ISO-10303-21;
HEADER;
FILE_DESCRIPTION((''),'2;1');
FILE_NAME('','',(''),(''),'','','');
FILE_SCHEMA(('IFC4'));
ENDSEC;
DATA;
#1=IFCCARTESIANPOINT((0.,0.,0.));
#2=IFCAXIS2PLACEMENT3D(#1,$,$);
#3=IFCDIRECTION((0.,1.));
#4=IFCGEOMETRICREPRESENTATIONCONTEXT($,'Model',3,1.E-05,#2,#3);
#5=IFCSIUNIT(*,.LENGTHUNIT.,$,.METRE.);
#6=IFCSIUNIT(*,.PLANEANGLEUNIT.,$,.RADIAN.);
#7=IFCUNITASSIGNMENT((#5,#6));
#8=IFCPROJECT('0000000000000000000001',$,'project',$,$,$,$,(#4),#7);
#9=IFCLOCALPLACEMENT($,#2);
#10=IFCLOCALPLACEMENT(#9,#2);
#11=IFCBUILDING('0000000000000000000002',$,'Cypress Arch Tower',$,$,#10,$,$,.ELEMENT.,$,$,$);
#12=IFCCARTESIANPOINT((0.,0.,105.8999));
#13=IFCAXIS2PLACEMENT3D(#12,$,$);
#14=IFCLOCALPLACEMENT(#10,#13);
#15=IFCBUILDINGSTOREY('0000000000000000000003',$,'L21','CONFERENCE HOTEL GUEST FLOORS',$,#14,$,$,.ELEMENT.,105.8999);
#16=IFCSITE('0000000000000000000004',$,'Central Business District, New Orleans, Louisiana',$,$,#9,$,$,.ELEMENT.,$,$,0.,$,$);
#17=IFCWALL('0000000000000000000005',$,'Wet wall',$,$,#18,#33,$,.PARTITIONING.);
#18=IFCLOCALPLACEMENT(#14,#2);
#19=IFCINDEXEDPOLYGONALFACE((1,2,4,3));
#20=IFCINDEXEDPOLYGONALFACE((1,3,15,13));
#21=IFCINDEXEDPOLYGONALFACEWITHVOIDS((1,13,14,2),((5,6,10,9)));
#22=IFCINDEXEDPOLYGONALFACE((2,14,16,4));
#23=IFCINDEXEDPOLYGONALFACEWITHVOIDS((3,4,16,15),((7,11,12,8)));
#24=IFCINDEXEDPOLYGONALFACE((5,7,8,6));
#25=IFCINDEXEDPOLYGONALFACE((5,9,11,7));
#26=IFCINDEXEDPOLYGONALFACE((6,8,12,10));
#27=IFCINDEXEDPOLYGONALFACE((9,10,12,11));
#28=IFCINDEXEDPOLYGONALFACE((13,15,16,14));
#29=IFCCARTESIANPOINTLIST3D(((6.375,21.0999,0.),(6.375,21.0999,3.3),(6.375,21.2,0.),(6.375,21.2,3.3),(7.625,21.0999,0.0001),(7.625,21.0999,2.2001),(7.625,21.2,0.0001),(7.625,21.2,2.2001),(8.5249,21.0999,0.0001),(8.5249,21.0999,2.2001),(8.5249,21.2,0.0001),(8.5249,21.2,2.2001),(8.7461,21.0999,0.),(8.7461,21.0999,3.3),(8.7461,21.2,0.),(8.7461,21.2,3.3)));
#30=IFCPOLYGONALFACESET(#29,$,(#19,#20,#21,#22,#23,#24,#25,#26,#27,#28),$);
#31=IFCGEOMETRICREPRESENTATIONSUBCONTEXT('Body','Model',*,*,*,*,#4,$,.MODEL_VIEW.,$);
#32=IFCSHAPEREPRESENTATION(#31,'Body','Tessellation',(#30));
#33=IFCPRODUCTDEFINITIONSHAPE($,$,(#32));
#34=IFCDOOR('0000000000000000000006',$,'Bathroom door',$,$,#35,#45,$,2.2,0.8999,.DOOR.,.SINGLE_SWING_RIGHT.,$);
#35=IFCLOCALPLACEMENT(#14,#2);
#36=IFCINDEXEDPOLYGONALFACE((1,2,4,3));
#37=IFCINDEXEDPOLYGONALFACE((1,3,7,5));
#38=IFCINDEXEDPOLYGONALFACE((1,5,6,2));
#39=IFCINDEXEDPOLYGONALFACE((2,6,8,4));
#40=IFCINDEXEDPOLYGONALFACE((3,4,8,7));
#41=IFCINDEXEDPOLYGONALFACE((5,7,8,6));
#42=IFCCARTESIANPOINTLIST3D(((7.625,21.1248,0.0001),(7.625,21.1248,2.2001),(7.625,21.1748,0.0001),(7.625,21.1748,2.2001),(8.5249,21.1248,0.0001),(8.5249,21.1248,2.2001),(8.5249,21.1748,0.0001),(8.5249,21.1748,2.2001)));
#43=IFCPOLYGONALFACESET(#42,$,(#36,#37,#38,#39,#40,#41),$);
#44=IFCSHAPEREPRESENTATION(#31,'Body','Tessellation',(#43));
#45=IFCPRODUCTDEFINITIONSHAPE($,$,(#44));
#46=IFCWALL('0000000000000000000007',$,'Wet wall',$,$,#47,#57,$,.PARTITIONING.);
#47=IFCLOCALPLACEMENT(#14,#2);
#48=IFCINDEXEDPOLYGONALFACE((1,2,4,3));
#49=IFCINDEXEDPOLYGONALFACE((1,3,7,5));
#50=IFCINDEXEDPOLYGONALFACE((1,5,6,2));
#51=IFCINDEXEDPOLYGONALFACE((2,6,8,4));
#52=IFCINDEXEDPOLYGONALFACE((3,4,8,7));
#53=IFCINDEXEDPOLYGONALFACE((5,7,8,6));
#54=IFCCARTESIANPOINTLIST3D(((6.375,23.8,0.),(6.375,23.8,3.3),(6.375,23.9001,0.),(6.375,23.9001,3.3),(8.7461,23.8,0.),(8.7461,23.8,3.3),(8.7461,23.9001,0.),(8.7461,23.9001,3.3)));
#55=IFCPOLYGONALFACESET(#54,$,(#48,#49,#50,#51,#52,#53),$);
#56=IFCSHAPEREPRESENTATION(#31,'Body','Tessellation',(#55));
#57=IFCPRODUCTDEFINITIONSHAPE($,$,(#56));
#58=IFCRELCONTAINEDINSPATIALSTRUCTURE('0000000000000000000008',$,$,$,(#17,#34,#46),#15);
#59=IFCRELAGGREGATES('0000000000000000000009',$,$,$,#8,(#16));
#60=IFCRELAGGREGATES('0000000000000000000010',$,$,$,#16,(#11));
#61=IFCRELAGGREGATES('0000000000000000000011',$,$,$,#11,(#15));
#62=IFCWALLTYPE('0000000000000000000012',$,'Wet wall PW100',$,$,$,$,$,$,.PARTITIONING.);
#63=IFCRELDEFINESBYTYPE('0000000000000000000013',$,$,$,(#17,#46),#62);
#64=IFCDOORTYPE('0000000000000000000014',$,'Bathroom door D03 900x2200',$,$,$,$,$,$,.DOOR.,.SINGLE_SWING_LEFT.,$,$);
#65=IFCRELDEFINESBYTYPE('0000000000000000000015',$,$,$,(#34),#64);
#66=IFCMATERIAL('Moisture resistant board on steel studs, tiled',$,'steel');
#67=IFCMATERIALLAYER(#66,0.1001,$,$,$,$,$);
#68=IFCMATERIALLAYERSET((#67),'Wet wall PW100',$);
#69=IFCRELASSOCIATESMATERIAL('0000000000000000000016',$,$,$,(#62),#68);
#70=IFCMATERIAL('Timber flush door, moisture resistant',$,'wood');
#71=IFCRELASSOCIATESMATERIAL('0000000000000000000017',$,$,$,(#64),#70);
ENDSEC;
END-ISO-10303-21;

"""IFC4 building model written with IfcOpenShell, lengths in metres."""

from ifc_helpers import new_model, si_unit, direction, frame, frame_2d, origin, place, context, subcontext, project, spatial, rectangle, extrude, material, layer, layer_set, type_object, element, fill, save


model = new_model("IFC4")

# Units and contexts
model_context = context("Model", 3, precision=1e-05, world=origin(), true_north=direction((0.0, 1.0)))
body_context = subcontext(model_context, "Body", "Model", "MODEL_VIEW")
ifc_project = project(units=[si_unit("LENGTHUNIT", "METRE"), si_unit("PLANEANGLEUNIT", "RADIAN")], contexts=[model_context])

# Site, building, storey
site_placement = place(None, origin())
site = spatial("IfcSite", under=ifc_project, at=site_placement, Name="Central Business District, New Orleans, Louisiana", CompositionType="ELEMENT", RefElevation=0.0)
building_placement = place(site_placement, origin())
building = spatial("IfcBuilding", under=site, at=building_placement, Name="Cypress Arch Tower", CompositionType="ELEMENT")
storey_placement = place(building_placement, frame((0.0, 0.0, 105.8999)))
storey = spatial("IfcBuildingStorey", under=building, at=storey_placement, Name="L21", Description="CONFERENCE HOTEL GUEST FLOORS", CompositionType="ELEMENT", Elevation=105.8999)

# Shared definitions
ifc_material_1 = material(Name="Moisture resistant board on steel studs, tiled", Category="steel")
ifc_layer_1 = layer(ifc_material_1, 0.1001)
ifc_layer_set_1 = layer_set([ifc_layer_1], Name="Wet wall PW100")
wall_type_1 = type_object("IfcWallType", Name="Wet wall PW100", PredefinedType="PARTITIONING", material=ifc_layer_set_1)

# Wall, opening, door
wall_1_placement = place(storey_placement, frame((6.375, 21.1499, 0.0), z_axis=(0.0, 0.0, 1.0), x_axis=(1.0, 0.0, 0.0)))
wall_1 = element("IfcWall", 1, at=wall_1_placement, inside=storey, type_object=wall_type_1, Name="Wet wall", PredefinedType="PARTITIONING", context=body_context, shape_type="SweptSolid", body=[
    extrude(rectangle(XDim=2.3711, YDim=0.1001, at=frame_2d((1.1855, 0.0))), origin(), (0.0, 0.0, 1.0), 3.3),
])
opening_1_placement = place(wall_1_placement, frame((1.25, 0.0, 0.0)))
opening_1 = element("IfcOpeningElement", 2, at=opening_1_placement, cuts=wall_1, PredefinedType="OPENING", context=body_context, shape_type="SweptSolid", body=[
    extrude(rectangle(XDim=0.8999, YDim=2.2, at=frame_2d((0.45, 1.1001))), frame((0.0, 0.0601, 0.0), z_axis=(0.0, -1.0, 0.0), x_axis=(1.0, 0.0, 0.0)), (0.0, 0.0, 1.0), 0.1201),
])
ifc_material_2 = material(Name="Timber flush door, moisture resistant", Category="wood")
door_type_1 = type_object("IfcDoorType", Name="Bathroom door D03 900x2200", OperationType="SINGLE_SWING_LEFT", PredefinedType="DOOR", material=ifc_material_2)
door_1_placement = place(opening_1_placement, origin())
door_1 = element("IfcDoor", 3, at=door_1_placement, inside=storey, type_object=door_type_1, Name="Bathroom door", OperationType="SINGLE_SWING_RIGHT", OverallHeight=2.2, OverallWidth=0.8999, PredefinedType="DOOR", context=body_context, shape_type="SweptSolid", body=[
    extrude(rectangle(XDim=0.8999, YDim=2.2, at=frame_2d((0.45, 1.1001))), frame((0.0, 0.0249, 0.0), z_axis=(0.0, -1.0, 0.0), x_axis=(1.0, 0.0, 0.0)), (0.0, 0.0, 1.0), 0.05),
])
fill(opening_1, door_1)

# Wall
wall_2_placement = place(storey_placement, frame((6.375, 23.8501, 0.0), z_axis=(0.0, 0.0, 1.0), x_axis=(1.0, 0.0, 0.0)))
element("IfcWall", 4, at=wall_2_placement, inside=storey, type_object=wall_type_1, Name="Wet wall", PredefinedType="PARTITIONING", context=body_context, shape_type="SweptSolid", body=[
    extrude(rectangle(XDim=2.3711, YDim=0.1001, at=frame_2d((1.1855, 0.0))), origin(), (0.0, 0.0, 1.0), 3.3),
])

save(model, "model.ifc")
